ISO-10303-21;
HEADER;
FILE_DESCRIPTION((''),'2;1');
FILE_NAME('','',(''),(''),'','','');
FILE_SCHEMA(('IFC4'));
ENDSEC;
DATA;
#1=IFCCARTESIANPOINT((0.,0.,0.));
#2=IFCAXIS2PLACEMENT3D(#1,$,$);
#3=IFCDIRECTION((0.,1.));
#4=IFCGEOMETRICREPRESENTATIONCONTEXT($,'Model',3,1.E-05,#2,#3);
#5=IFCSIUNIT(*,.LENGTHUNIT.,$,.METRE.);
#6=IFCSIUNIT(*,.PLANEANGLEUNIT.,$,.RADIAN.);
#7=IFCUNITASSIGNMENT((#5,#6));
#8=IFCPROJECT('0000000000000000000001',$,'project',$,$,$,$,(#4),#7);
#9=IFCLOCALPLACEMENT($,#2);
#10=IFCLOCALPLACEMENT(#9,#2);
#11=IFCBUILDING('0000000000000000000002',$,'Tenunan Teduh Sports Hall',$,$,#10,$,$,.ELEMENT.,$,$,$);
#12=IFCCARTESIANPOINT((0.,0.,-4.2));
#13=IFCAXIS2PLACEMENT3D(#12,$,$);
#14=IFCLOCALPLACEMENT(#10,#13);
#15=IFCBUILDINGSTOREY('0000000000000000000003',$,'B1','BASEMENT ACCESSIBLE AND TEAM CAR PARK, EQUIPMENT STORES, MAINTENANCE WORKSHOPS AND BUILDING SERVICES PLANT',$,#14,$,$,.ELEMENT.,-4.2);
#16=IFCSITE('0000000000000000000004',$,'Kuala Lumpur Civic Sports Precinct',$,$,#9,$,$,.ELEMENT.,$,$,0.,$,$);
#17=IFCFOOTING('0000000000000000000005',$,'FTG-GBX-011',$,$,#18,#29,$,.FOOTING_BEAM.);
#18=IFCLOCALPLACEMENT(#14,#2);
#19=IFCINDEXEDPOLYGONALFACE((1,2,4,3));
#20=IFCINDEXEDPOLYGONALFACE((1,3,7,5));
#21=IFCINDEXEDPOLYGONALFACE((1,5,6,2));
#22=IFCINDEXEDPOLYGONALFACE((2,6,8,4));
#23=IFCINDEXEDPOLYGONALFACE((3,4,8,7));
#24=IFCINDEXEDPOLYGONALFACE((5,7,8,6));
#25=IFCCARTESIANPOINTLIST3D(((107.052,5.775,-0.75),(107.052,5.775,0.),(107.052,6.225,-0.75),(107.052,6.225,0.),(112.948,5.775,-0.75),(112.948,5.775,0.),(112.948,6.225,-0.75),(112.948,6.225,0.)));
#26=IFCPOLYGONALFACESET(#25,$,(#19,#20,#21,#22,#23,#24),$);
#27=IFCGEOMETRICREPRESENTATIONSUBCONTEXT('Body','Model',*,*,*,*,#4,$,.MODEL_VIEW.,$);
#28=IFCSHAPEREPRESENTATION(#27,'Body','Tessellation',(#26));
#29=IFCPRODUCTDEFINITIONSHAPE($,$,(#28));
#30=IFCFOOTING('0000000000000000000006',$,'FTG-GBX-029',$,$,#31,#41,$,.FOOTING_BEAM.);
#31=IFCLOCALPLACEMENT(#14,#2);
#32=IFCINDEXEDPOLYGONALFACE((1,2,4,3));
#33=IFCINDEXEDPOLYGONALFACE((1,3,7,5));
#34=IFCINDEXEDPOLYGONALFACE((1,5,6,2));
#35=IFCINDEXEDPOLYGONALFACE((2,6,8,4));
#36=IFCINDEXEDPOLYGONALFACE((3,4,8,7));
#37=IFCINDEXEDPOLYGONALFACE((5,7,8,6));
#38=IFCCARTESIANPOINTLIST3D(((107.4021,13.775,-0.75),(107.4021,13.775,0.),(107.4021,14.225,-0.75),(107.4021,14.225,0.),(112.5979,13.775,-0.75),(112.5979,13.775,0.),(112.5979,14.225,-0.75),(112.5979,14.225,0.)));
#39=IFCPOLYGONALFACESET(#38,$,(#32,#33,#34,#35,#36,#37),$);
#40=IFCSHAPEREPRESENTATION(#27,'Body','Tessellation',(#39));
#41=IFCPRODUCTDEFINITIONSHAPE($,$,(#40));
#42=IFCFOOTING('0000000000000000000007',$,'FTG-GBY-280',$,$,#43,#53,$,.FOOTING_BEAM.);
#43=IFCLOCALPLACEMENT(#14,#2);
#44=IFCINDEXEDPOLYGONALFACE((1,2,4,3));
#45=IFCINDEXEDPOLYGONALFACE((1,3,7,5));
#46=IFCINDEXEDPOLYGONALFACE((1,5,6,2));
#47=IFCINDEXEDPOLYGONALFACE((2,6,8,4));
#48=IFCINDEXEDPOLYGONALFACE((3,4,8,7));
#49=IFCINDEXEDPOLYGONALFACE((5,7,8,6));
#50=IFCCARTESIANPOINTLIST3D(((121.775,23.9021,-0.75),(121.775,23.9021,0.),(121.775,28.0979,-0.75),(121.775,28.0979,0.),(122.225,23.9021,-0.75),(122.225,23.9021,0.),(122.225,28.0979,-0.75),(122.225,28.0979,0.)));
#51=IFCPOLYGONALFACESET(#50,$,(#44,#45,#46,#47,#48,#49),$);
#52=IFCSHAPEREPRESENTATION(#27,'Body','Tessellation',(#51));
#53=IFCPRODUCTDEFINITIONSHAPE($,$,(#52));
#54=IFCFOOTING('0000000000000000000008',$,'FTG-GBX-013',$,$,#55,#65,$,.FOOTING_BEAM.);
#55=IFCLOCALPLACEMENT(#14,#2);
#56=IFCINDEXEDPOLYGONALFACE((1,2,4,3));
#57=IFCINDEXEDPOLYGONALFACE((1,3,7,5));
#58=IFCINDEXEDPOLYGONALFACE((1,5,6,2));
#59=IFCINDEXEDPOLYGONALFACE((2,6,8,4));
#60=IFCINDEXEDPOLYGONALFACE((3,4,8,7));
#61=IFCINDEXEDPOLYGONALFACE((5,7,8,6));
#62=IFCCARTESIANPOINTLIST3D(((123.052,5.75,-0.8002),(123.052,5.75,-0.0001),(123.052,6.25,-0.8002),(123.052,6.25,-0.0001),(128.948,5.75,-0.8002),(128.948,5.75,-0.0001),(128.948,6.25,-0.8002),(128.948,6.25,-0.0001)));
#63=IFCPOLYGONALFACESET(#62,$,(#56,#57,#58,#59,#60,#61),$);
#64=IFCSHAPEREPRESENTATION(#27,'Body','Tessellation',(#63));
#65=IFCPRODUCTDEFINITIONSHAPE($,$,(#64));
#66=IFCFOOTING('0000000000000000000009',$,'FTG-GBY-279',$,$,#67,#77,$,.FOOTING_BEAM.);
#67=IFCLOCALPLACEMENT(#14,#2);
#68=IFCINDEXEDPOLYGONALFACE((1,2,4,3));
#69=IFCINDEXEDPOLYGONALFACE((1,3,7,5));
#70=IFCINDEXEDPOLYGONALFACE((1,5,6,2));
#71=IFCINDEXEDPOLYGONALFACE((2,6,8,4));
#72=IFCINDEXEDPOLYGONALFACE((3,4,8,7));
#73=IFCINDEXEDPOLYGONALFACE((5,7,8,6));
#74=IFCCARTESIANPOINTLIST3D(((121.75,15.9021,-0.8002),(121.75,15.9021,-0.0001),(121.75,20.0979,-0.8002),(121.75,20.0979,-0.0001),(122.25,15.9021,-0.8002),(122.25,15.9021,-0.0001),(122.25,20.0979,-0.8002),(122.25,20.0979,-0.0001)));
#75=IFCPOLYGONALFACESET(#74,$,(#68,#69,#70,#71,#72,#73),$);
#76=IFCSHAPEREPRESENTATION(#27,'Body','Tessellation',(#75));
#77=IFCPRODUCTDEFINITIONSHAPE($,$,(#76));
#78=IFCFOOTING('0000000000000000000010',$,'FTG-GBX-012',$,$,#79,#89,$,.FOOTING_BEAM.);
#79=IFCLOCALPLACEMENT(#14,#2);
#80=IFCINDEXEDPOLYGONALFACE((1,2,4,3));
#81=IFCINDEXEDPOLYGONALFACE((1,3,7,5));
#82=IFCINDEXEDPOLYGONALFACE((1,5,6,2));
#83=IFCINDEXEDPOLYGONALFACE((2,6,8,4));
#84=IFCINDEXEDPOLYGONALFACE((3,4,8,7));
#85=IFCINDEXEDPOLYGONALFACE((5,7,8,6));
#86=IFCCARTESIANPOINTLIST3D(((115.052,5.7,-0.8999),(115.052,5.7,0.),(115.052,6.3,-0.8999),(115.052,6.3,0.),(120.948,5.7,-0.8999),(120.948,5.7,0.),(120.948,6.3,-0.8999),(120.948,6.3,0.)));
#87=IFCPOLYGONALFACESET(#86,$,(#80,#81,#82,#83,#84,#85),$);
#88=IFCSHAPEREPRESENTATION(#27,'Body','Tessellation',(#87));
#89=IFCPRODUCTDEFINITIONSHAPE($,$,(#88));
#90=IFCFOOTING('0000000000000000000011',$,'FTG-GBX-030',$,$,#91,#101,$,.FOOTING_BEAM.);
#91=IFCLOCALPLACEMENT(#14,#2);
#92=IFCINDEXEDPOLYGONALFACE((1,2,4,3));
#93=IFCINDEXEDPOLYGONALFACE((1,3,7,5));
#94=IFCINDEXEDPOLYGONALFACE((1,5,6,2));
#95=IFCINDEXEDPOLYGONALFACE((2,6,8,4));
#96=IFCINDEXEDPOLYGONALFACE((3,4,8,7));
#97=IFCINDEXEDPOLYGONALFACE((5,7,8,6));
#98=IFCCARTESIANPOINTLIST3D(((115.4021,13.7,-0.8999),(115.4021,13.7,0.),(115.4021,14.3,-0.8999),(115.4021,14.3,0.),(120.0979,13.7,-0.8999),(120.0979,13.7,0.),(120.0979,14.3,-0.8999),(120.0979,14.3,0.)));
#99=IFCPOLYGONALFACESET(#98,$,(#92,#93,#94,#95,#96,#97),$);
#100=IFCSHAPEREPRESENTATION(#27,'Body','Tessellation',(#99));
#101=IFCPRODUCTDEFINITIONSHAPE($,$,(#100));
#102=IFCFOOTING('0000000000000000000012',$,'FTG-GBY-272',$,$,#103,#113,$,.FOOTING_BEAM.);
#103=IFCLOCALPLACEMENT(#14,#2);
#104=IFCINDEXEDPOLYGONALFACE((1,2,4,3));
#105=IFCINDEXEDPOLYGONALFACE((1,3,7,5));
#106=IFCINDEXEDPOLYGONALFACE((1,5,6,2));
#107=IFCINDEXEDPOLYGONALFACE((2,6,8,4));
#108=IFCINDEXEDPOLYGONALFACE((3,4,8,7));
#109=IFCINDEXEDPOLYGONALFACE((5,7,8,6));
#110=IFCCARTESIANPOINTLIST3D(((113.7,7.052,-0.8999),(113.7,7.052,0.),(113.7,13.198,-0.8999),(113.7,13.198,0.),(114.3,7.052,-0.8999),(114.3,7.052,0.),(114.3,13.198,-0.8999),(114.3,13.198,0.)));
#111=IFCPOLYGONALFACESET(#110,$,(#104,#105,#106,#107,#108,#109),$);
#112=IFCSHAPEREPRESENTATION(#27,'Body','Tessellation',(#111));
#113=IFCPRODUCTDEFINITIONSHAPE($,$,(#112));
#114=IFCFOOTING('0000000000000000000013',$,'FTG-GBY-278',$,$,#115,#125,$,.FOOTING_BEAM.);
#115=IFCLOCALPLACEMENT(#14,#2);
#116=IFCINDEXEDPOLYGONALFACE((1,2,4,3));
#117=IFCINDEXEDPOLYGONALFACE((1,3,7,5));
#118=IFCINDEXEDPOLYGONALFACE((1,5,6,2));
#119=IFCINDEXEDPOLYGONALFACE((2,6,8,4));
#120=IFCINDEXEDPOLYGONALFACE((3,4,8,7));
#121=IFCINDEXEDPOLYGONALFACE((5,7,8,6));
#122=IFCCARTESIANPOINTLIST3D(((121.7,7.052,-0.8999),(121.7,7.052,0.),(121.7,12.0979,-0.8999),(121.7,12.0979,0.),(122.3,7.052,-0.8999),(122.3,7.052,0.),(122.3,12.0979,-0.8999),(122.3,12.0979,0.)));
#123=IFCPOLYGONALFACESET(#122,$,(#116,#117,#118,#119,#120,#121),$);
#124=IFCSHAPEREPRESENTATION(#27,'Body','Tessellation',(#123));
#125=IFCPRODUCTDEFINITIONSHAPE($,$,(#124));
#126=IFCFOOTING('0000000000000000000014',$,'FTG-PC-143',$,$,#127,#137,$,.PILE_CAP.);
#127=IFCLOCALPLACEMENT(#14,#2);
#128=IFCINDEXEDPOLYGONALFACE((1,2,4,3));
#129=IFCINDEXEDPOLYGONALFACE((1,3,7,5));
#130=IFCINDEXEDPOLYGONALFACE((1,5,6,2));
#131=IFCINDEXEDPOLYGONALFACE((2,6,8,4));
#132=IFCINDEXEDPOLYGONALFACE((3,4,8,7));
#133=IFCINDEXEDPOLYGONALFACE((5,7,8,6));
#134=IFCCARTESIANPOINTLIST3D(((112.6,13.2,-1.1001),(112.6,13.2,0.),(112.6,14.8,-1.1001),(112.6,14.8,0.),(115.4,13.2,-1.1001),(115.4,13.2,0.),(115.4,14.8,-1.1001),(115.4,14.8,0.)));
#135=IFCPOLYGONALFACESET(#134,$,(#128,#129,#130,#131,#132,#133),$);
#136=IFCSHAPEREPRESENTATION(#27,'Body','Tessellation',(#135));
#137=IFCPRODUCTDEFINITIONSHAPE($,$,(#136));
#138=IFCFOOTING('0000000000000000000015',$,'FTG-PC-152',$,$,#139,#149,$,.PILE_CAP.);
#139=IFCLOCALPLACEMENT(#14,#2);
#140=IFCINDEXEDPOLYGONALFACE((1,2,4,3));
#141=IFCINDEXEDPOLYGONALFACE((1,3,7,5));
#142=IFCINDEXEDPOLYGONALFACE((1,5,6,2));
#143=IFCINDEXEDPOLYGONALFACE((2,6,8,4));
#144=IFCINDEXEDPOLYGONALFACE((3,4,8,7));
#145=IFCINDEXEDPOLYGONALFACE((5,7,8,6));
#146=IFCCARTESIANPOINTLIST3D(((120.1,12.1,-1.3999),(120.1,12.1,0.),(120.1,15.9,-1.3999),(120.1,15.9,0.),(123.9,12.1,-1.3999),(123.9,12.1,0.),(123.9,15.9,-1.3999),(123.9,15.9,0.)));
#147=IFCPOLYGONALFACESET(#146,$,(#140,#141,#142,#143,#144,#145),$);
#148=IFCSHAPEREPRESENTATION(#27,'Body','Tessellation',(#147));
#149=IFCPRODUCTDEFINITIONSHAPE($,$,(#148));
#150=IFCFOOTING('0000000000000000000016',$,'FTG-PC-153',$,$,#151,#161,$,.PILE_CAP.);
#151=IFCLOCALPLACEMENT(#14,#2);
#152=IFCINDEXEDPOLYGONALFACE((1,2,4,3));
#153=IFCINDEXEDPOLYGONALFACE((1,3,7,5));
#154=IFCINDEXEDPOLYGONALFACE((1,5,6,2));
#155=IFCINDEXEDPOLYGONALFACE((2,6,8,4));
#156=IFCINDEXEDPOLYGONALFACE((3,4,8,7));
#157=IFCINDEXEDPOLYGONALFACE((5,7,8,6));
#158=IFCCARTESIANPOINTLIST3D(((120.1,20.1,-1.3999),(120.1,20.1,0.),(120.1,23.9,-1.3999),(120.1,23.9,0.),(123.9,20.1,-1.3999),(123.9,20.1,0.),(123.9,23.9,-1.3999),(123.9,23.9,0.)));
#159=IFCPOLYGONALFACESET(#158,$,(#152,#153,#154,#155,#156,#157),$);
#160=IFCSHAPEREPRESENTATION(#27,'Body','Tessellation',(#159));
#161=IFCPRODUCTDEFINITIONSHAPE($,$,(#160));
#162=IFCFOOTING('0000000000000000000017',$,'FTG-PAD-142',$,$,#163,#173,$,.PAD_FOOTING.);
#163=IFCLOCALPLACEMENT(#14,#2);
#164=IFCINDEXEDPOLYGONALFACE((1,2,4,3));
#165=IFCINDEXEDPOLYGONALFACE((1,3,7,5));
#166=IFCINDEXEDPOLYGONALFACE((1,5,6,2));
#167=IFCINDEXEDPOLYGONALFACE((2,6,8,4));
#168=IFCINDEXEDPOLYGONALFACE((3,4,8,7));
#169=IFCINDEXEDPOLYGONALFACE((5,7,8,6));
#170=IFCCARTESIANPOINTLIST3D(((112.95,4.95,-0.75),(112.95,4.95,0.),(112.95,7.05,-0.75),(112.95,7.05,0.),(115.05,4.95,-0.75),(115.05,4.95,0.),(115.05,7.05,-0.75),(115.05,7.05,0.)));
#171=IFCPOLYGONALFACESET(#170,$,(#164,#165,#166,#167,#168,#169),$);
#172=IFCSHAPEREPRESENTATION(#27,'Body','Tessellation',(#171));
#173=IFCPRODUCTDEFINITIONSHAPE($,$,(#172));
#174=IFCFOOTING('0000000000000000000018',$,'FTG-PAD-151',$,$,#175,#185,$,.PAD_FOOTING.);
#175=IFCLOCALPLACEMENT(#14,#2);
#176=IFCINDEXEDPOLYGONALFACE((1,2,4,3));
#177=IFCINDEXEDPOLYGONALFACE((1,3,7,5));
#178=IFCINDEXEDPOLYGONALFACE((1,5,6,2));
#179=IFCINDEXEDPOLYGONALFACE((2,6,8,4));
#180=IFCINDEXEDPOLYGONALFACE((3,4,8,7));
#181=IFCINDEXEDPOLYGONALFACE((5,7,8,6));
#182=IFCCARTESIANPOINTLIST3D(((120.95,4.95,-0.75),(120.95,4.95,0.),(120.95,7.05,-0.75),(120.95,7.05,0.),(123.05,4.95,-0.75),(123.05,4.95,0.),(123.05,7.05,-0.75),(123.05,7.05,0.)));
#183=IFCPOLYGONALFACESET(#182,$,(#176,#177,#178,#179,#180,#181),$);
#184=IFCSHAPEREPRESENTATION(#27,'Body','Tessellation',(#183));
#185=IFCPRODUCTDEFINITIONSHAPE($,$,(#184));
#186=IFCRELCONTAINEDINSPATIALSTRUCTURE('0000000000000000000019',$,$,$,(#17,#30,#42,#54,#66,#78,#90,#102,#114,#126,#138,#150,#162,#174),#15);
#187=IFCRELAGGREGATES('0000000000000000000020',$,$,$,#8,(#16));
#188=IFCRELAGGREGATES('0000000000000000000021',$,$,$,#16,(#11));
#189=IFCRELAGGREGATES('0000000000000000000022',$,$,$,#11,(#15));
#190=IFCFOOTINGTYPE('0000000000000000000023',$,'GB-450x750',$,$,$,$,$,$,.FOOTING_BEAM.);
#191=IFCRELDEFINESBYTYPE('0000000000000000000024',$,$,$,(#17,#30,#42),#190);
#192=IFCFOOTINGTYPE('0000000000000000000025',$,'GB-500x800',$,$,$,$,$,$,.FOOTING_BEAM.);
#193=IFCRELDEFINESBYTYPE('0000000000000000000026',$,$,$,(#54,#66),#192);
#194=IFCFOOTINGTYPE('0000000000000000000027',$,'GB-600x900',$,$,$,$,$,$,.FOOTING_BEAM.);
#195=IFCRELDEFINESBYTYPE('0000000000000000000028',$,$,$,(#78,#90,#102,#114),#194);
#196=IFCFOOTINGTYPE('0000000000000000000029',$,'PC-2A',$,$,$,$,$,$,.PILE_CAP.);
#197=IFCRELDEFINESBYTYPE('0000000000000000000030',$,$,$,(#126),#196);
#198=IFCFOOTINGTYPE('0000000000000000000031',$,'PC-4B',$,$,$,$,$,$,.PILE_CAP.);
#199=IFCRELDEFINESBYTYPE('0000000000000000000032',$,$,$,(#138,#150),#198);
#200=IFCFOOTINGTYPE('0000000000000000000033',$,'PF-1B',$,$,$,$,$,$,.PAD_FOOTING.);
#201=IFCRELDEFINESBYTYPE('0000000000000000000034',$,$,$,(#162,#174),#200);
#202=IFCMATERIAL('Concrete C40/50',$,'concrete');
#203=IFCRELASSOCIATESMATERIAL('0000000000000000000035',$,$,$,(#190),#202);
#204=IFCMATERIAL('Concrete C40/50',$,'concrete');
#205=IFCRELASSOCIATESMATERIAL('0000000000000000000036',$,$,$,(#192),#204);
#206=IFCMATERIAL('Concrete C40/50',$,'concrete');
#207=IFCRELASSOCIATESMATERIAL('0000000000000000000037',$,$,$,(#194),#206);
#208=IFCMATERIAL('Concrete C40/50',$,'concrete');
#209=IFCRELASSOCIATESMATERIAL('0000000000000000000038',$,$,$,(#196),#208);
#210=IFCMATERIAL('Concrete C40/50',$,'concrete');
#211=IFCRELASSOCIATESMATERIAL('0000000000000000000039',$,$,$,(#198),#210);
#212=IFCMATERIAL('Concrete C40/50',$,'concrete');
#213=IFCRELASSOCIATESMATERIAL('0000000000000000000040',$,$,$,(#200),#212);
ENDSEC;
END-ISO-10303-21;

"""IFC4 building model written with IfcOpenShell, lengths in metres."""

from ifc_helpers import new_model, si_unit, direction, frame, origin, origin_2d, place, context, subcontext, project, spatial, rectangle, extrude, material, material_profile, profile_set, type_object, element, save


model = new_model("IFC4")

# Units and contexts
model_context = context("Model", 3, precision=1e-05, world=origin(), true_north=direction((0.0, 1.0)))
body_context = subcontext(model_context, "Body", "Model", "MODEL_VIEW")
ifc_project = project(units=[si_unit("LENGTHUNIT", "METRE"), si_unit("PLANEANGLEUNIT", "RADIAN")], contexts=[model_context])

# Site, building, storey
site_placement = place(None, origin())
site = spatial("IfcSite", under=ifc_project, at=site_placement, Name="Kuala Lumpur Civic Sports Precinct", CompositionType="ELEMENT", RefElevation=0.0)
building_placement = place(site_placement, origin())
building = spatial("IfcBuilding", under=site, at=building_placement, Name="Tenunan Teduh Sports Hall", CompositionType="ELEMENT")
storey_placement = place(building_placement, frame((0.0, 0.0, -4.2)))
storey = spatial("IfcBuildingStorey", under=building, at=storey_placement, Name="B1", Description="BASEMENT ACCESSIBLE AND TEAM CAR PARK, EQUIPMENT STORES, MAINTENANCE WORKSHOPS AND BUILDING SERVICES PLANT", CompositionType="ELEMENT", Elevation=-4.2)

# Footings
ifc_material_1 = material(Name="Concrete C40/50", Category="concrete")
ifc_material_profile_1 = material_profile(ifc_material_1, rectangle(XDim=0.45, YDim=0.75, at=origin_2d()), Name="RCB 450x750")
ifc_profile_set_1 = profile_set([ifc_material_profile_1], Name="Concrete C40/50")
footing_type_1 = type_object("IfcFootingType", Name="GB-450x750", PredefinedType="FOOTING_BEAM", material=ifc_profile_set_1)
footing_1_placement = place(storey_placement, frame((107.052, 6.0, -0.375), z_axis=(1.0, 0.0, 0.0), x_axis=(0.0, 1.0, 0.0)))
element("IfcFooting", 1, at=footing_1_placement, inside=storey, type_object=footing_type_1, Name="FTG-GBX-011", PredefinedType="FOOTING_BEAM", context=body_context, shape_type="SweptSolid", body=[
    extrude(rectangle(XDim=0.45, YDim=0.75, at=origin_2d()), origin(), (0.0, 0.0, 1.0), 5.896),
])
footing_2_placement = place(storey_placement, frame((107.4021, 14.0, -0.375), z_axis=(1.0, 0.0, 0.0), x_axis=(0.0, 1.0, 0.0)))
element("IfcFooting", 2, at=footing_2_placement, inside=storey, type_object=footing_type_1, Name="FTG-GBX-029", PredefinedType="FOOTING_BEAM", context=body_context, shape_type="SweptSolid", body=[
    extrude(rectangle(XDim=0.45, YDim=0.75, at=origin_2d()), origin(), (0.0, 0.0, 1.0), 5.1958),
])
footing_3_placement = place(storey_placement, frame((122.0, 23.9021, -0.375), z_axis=(0.0, 1.0, 0.0), x_axis=(-1.0, 0.0, 0.0)))
element("IfcFooting", 3, at=footing_3_placement, inside=storey, type_object=footing_type_1, Name="FTG-GBY-280", PredefinedType="FOOTING_BEAM", context=body_context, shape_type="SweptSolid", body=[
    extrude(rectangle(XDim=0.45, YDim=0.75, at=origin_2d()), origin(), (0.0, 0.0, 1.0), 4.1958),
])
ifc_material_2 = material(Name="Concrete C40/50", Category="concrete")
ifc_material_profile_2 = material_profile(ifc_material_2, rectangle(XDim=0.5, YDim=0.8, at=origin_2d()), Name="RCB 500x800")
ifc_profile_set_2 = profile_set([ifc_material_profile_2], Name="Concrete C40/50")
footing_type_2 = type_object("IfcFootingType", Name="GB-500x800", PredefinedType="FOOTING_BEAM", material=ifc_profile_set_2)
footing_4_placement = place(storey_placement, frame((123.052, 6.0, -0.4001), z_axis=(1.0, 0.0, 0.0), x_axis=(0.0, 1.0, 0.0)))
element("IfcFooting", 4, at=footing_4_placement, inside=storey, type_object=footing_type_2, Name="FTG-GBX-013", PredefinedType="FOOTING_BEAM", context=body_context, shape_type="SweptSolid", body=[
    extrude(rectangle(XDim=0.5, YDim=0.8, at=origin_2d()), origin(), (0.0, 0.0, 1.0), 5.896),
])
footing_5_placement = place(storey_placement, frame((122.0, 15.9021, -0.4001), z_axis=(0.0, 1.0, 0.0), x_axis=(-1.0, 0.0, 0.0)))
element("IfcFooting", 5, at=footing_5_placement, inside=storey, type_object=footing_type_2, Name="FTG-GBY-279", PredefinedType="FOOTING_BEAM", context=body_context, shape_type="SweptSolid", body=[
    extrude(rectangle(XDim=0.5, YDim=0.8, at=origin_2d()), origin(), (0.0, 0.0, 1.0), 4.1958),
])
ifc_material_3 = material(Name="Concrete C40/50", Category="concrete")
ifc_material_profile_3 = material_profile(ifc_material_3, rectangle(XDim=0.6001, YDim=0.8999, at=origin_2d()), Name="RCB 600x900")
ifc_profile_set_3 = profile_set([ifc_material_profile_3], Name="Concrete C40/50")
footing_type_3 = type_object("IfcFootingType", Name="GB-600x900", PredefinedType="FOOTING_BEAM", material=ifc_profile_set_3)
footing_6_placement = place(storey_placement, frame((115.052, 6.0, -0.45), z_axis=(1.0, 0.0, 0.0), x_axis=(0.0, 1.0, 0.0)))
element("IfcFooting", 6, at=footing_6_placement, inside=storey, type_object=footing_type_3, Name="FTG-GBX-012", PredefinedType="FOOTING_BEAM", context=body_context, shape_type="SweptSolid", body=[
    extrude(rectangle(XDim=0.6001, YDim=0.8999, at=origin_2d()), origin(), (0.0, 0.0, 1.0), 5.896),
])
footing_7_placement = place(storey_placement, frame((115.4021, 14.0, -0.45), z_axis=(1.0, 0.0, 0.0), x_axis=(0.0, 1.0, 0.0)))
element("IfcFooting", 7, at=footing_7_placement, inside=storey, type_object=footing_type_3, Name="FTG-GBX-030", PredefinedType="FOOTING_BEAM", context=body_context, shape_type="SweptSolid", body=[
    extrude(rectangle(XDim=0.6001, YDim=0.8999, at=origin_2d()), origin(), (0.0, 0.0, 1.0), 4.6958),
])
footing_8_placement = place(storey_placement, frame((114.0, 7.052, -0.45), z_axis=(0.0, 1.0, 0.0), x_axis=(-1.0, 0.0, 0.0)))
element("IfcFooting", 8, at=footing_8_placement, inside=storey, type_object=footing_type_3, Name="FTG-GBY-272", PredefinedType="FOOTING_BEAM", context=body_context, shape_type="SweptSolid", body=[
    extrude(rectangle(XDim=0.6001, YDim=0.8999, at=origin_2d()), origin(), (0.0, 0.0, 1.0), 6.146),
])
footing_9_placement = place(storey_placement, frame((122.0, 7.052, -0.45), z_axis=(0.0, 1.0, 0.0), x_axis=(-1.0, 0.0, 0.0)))
element("IfcFooting", 9, at=footing_9_placement, inside=storey, type_object=footing_type_3, Name="FTG-GBY-278", PredefinedType="FOOTING_BEAM", context=body_context, shape_type="SweptSolid", body=[
    extrude(rectangle(XDim=0.6001, YDim=0.8999, at=origin_2d()), origin(), (0.0, 0.0, 1.0), 5.0459),
])
ifc_material_4 = material(Name="Concrete C40/50", Category="concrete")
footing_type_4 = type_object("IfcFootingType", Name="PC-2A", PredefinedType="PILE_CAP", material=ifc_material_4)
footing_10_placement = place(storey_placement, frame((114.0, 14.0, -1.1001), z_axis=(0.0, 0.0, 1.0), x_axis=(1.0, 0.0, 0.0)))
element("IfcFooting", 10, at=footing_10_placement, inside=storey, type_object=footing_type_4, Name="FTG-PC-143", PredefinedType="PILE_CAP", context=body_context, shape_type="SweptSolid", body=[
    extrude(rectangle(XDim=2.8, YDim=1.6001, at=origin_2d()), origin(), (0.0, 0.0, 1.0), 1.1001),
])
ifc_material_5 = material(Name="Concrete C40/50", Category="concrete")
footing_type_5 = type_object("IfcFootingType", Name="PC-4B", PredefinedType="PILE_CAP", material=ifc_material_5)
for number, where, z_axis, x_axis, name in (
    (11, (122.0, 14.0, -1.3999), (0.0, 0.0, 1.0), (1.0, 0.0, 0.0), "FTG-PC-152"),
    (12, (122.0, 22.0, -1.3999), (0.0, 0.0, 1.0), (1.0, 0.0, 0.0), "FTG-PC-153"),
):
    element("IfcFooting", number, at=place(storey_placement, frame(where, z_axis=z_axis, x_axis=x_axis)), inside=storey, type_object=footing_type_5, Name=name, PredefinedType="PILE_CAP", context=body_context, shape_type="SweptSolid", body=[
        extrude(rectangle(XDim=3.8, YDim=3.8, at=origin_2d()), origin(), (0.0, 0.0, 1.0), 1.3999),
    ])
ifc_material_6 = material(Name="Concrete C40/50", Category="concrete")
footing_type_6 = type_object("IfcFootingType", Name="PF-1B", PredefinedType="PAD_FOOTING", material=ifc_material_6)
for number, where, z_axis, x_axis, name in (
    (13, (114.0, 6.0, -0.75), (0.0, 0.0, 1.0), (1.0, 0.0, 0.0), "FTG-PAD-142"),
    (14, (122.0, 6.0, -0.75), (0.0, 0.0, 1.0), (1.0, 0.0, 0.0), "FTG-PAD-151"),
):
    element("IfcFooting", number, at=place(storey_placement, frame(where, z_axis=z_axis, x_axis=x_axis)), inside=storey, type_object=footing_type_6, Name=name, PredefinedType="PAD_FOOTING", context=body_context, shape_type="SweptSolid", body=[
        extrude(rectangle(XDim=2.1001, YDim=2.1001, at=origin_2d()), origin(), (0.0, 0.0, 1.0), 0.75),
    ])

save(model, "model.ifc")
